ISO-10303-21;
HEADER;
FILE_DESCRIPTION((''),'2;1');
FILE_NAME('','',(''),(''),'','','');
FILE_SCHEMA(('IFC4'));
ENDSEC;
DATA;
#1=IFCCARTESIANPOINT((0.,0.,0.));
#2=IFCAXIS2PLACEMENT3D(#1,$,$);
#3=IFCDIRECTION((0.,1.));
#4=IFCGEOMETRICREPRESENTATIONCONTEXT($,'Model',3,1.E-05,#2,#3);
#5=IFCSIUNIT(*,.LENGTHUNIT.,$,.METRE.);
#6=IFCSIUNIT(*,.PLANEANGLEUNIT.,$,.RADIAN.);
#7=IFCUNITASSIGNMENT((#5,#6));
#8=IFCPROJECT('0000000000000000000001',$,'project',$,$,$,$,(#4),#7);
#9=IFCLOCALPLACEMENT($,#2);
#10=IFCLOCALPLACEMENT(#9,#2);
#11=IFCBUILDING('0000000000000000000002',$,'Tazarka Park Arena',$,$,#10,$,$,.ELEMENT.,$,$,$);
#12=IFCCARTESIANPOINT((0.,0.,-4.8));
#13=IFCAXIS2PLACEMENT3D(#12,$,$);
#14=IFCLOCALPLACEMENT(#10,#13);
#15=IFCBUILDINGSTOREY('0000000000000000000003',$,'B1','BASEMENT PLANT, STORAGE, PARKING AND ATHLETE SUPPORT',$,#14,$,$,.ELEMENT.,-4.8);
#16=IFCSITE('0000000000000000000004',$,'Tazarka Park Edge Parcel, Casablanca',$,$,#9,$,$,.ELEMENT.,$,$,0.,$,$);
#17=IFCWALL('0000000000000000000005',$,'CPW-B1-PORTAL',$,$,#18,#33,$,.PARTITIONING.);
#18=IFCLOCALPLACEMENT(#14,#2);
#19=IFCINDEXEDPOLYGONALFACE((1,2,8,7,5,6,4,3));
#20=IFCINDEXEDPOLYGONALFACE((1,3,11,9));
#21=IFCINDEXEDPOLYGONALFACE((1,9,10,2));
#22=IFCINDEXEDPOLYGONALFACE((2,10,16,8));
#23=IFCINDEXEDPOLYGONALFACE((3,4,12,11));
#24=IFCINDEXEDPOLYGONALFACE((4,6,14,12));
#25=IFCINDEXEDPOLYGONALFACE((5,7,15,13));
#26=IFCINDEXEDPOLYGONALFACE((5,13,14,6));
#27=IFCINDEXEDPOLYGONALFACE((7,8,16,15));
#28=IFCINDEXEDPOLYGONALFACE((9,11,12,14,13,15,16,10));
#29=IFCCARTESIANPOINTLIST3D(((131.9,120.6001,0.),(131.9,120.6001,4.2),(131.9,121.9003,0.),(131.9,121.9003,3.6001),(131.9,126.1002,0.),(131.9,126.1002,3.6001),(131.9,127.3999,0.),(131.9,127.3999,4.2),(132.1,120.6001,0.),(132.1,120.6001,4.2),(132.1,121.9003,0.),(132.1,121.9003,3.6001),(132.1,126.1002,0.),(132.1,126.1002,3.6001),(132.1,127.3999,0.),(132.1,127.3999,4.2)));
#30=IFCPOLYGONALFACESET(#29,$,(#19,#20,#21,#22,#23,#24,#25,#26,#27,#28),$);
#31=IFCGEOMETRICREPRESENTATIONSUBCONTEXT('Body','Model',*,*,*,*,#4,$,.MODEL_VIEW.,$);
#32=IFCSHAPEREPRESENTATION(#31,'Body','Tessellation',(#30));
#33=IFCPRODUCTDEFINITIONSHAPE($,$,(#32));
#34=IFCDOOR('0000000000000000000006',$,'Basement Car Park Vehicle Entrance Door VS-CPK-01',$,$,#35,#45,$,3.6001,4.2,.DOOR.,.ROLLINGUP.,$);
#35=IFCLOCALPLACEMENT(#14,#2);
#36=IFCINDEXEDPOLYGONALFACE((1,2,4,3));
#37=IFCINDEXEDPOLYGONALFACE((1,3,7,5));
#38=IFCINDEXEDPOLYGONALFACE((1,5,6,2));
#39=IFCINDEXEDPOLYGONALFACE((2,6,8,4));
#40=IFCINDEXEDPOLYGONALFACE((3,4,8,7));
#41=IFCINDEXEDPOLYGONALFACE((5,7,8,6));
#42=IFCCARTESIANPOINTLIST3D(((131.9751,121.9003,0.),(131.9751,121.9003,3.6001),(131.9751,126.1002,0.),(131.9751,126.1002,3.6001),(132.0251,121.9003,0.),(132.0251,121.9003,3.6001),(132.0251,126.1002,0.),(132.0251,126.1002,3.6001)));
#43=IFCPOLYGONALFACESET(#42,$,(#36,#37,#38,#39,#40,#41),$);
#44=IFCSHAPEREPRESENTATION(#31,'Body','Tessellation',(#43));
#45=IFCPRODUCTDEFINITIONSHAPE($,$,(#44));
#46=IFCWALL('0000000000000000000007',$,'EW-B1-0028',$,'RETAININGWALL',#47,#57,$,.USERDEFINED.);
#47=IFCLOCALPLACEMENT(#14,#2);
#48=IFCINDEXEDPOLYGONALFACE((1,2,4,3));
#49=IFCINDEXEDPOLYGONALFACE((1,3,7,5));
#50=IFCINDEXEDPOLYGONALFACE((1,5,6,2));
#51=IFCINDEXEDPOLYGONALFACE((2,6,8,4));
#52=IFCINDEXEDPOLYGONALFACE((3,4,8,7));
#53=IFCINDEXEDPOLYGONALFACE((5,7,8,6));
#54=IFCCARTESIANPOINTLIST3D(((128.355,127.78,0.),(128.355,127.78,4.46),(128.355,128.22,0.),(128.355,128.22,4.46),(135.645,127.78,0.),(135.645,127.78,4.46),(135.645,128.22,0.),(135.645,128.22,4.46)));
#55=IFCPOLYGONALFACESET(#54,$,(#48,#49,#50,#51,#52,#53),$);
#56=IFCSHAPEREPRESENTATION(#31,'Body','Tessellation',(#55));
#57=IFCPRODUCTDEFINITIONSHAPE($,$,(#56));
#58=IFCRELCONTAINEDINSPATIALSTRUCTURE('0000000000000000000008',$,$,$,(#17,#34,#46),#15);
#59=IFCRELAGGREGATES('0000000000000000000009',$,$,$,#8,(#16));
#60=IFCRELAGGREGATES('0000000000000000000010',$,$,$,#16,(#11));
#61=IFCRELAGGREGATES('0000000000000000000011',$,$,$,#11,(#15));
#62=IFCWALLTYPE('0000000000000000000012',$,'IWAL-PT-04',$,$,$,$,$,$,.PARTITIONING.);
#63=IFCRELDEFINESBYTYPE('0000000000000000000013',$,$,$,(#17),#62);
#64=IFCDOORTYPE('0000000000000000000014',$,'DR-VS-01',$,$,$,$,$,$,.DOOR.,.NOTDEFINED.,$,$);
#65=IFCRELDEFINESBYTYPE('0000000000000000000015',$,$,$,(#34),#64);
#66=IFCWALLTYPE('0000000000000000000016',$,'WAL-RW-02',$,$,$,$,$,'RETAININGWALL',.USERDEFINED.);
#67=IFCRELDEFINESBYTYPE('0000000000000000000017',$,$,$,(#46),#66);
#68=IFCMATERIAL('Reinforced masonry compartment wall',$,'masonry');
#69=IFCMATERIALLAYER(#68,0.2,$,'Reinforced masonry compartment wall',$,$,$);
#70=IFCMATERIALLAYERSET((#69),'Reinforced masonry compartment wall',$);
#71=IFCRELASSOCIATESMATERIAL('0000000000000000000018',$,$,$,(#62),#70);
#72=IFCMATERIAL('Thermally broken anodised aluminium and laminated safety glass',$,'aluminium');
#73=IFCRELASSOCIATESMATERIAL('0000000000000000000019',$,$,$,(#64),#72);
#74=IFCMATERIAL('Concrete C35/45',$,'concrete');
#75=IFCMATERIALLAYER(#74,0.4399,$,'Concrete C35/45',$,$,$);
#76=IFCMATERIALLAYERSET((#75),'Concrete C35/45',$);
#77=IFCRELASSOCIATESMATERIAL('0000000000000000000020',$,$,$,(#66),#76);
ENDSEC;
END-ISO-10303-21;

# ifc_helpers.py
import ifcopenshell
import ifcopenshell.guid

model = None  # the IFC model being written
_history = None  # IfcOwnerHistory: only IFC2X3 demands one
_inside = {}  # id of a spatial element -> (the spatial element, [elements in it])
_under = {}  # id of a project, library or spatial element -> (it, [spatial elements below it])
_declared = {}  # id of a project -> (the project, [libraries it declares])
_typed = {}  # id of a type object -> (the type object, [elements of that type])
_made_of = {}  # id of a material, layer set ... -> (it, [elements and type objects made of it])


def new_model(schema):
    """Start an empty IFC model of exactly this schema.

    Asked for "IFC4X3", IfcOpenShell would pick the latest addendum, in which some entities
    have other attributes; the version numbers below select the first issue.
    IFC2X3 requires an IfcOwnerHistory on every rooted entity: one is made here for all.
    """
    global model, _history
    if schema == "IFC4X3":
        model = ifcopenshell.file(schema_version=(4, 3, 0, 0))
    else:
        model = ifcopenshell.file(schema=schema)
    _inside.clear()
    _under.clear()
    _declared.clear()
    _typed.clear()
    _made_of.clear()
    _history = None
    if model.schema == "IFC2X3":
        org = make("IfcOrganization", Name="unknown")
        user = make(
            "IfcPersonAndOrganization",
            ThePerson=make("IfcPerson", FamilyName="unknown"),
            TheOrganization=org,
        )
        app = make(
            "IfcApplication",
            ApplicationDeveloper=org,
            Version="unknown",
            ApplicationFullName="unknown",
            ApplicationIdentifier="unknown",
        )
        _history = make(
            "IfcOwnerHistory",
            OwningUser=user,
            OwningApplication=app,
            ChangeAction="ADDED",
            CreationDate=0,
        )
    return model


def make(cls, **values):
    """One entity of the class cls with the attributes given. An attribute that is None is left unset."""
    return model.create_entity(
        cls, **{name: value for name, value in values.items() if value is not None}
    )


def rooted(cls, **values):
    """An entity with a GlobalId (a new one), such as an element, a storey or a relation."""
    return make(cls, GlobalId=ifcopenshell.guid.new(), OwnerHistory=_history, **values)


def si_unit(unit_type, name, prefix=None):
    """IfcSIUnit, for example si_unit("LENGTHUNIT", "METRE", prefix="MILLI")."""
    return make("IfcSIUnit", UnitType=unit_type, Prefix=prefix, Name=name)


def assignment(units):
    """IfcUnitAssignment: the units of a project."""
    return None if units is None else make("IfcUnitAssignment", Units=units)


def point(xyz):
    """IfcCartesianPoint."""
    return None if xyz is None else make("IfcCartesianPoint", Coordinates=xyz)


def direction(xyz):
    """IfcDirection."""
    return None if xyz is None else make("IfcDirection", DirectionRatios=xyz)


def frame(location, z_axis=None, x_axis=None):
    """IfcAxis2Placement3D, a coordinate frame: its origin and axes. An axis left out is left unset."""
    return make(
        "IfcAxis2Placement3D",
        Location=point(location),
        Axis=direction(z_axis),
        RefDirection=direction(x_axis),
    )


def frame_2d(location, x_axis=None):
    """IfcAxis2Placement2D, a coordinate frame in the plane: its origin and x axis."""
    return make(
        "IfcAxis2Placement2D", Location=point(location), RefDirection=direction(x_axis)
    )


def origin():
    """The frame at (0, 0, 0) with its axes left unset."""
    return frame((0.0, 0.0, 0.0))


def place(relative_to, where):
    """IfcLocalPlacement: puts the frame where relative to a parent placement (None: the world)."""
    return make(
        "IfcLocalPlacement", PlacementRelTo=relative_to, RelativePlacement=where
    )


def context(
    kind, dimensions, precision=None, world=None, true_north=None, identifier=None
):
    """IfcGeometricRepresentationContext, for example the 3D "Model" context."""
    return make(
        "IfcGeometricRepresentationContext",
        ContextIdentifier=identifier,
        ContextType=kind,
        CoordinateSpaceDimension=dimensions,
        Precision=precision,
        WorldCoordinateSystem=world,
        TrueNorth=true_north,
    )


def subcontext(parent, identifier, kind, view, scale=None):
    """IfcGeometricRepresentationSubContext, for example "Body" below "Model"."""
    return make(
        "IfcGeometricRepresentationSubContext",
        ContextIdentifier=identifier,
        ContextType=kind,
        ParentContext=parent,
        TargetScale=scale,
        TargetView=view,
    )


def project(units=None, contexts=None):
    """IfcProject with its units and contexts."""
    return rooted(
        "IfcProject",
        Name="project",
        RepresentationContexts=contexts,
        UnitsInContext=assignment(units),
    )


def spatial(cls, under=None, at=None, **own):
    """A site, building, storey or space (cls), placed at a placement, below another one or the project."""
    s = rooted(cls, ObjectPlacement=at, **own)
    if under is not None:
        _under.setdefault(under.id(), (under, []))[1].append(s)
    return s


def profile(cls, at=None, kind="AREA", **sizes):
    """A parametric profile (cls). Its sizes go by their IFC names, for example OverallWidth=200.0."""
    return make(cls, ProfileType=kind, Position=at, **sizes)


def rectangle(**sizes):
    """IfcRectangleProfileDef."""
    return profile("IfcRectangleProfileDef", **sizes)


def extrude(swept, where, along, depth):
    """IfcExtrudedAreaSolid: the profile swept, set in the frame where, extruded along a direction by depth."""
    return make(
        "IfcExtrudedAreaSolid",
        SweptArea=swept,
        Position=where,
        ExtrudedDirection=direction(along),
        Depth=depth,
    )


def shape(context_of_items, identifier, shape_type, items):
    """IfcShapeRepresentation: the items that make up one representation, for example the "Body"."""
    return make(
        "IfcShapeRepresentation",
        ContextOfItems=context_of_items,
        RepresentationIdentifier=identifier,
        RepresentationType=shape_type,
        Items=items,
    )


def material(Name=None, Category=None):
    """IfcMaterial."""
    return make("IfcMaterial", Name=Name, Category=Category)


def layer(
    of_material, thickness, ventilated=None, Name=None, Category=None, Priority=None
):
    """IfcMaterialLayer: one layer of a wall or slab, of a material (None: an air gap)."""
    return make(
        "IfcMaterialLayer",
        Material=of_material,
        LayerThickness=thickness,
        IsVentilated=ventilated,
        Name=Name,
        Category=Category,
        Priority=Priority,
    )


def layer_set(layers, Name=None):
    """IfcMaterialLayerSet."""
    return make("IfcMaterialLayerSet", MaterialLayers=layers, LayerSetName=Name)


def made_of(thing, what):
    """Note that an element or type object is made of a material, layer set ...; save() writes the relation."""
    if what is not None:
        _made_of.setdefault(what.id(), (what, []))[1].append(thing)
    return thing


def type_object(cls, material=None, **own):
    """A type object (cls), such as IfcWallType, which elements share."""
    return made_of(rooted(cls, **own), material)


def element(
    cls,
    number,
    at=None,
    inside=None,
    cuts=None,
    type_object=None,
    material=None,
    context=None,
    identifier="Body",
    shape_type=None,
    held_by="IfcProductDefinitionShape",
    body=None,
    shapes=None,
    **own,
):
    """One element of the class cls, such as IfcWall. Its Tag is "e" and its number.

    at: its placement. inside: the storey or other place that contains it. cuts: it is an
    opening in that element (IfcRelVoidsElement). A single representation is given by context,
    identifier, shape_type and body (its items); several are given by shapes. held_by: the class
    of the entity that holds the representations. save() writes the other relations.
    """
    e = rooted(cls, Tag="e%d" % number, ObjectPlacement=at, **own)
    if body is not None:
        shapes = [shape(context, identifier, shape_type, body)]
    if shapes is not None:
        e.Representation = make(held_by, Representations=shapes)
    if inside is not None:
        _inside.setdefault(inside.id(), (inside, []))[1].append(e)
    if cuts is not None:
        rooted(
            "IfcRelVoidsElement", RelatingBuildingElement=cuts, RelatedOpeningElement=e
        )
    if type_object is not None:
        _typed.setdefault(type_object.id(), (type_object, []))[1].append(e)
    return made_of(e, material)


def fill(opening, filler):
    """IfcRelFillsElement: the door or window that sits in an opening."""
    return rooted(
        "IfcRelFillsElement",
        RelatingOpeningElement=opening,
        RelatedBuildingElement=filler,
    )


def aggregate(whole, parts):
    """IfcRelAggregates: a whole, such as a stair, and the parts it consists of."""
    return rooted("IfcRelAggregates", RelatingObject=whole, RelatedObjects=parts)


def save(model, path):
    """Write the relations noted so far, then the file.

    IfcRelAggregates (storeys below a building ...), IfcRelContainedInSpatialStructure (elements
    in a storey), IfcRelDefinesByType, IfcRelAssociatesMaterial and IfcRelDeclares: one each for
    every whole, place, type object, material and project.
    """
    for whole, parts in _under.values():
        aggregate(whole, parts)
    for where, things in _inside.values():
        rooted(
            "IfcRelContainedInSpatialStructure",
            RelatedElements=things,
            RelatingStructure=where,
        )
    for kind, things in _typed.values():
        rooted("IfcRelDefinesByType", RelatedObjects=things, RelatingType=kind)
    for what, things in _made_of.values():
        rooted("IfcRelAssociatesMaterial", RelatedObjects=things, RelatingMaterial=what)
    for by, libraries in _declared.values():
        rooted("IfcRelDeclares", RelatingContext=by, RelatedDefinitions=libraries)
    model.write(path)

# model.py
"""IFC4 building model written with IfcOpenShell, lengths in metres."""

from ifc_helpers import new_model, si_unit, direction, frame, frame_2d, origin, place, context, subcontext, project, spatial, rectangle, extrude, material, layer, layer_set, type_object, element, fill, save


model = new_model("IFC4")

# Units and contexts
model_context = context("Model", 3, precision=1e-05, world=origin(), true_north=direction((0.0, 1.0)))
body_context = subcontext(model_context, "Body", "Model", "MODEL_VIEW")
ifc_project = project(units=[si_unit("LENGTHUNIT", "METRE"), si_unit("PLANEANGLEUNIT", "RADIAN")], contexts=[model_context])

# Site, building, storey
site_placement = place(None, origin())
site = spatial("IfcSite", under=ifc_project, at=site_placement, Name="Tazarka Park Edge Parcel, Casablanca", CompositionType="ELEMENT", RefElevation=0.0)
building_placement = place(site_placement, origin())
building = spatial("IfcBuilding", under=site, at=building_placement, Name="Tazarka Park Arena", CompositionType="ELEMENT")
storey_placement = place(building_placement, frame((0.0, 0.0, -4.8)))
storey = spatial("IfcBuildingStorey", under=building, at=storey_placement, Name="B1", Description="BASEMENT PLANT, STORAGE, PARKING AND ATHLETE SUPPORT", CompositionType="ELEMENT", Elevation=-4.8)

# Wall, opening, door
ifc_material_1 = material(Name="Reinforced masonry compartment wall", Category="masonry")
ifc_layer_1 = layer(ifc_material_1, 0.2, Name="Reinforced masonry compartment wall")
ifc_layer_set_1 = layer_set([ifc_layer_1], Name="Reinforced masonry compartment wall")
wall_type_1 = type_object("IfcWallType", Name="IWAL-PT-04", PredefinedType="PARTITIONING", material=ifc_layer_set_1)
wall_1_placement = place(storey_placement, frame((132.0, 120.6001, 0.0), z_axis=(0.0, 0.0, 1.0), x_axis=(0.0, 1.0, 0.0)))
wall_1 = element("IfcWall", 1, at=wall_1_placement, inside=storey, type_object=wall_type_1, Name="CPW-B1-PORTAL", PredefinedType="PARTITIONING", context=body_context, shape_type="SweptSolid", body=[
    extrude(rectangle(XDim=6.7998, YDim=0.2, at=frame_2d((3.3999, 0.0))), origin(), (0.0, 0.0, 1.0), 4.2),
])
opening_placement = place(wall_1_placement, frame((1.3, 0.0, 0.0)))
opening = element("IfcOpeningElement", 2, at=opening_placement, cuts=wall_1, PredefinedType="OPENING", context=body_context, shape_type="SweptSolid", body=[
    extrude(rectangle(XDim=4.2, YDim=3.6001, at=frame_2d((2.1001, 1.8))), frame((0.0, 0.1099, 0.0), z_axis=(0.0, -1.0, 0.0), x_axis=(1.0, 0.0, 0.0)), (0.0, 0.0, 1.0), 0.22),
])
ifc_material_2 = material(Name="Thermally broken anodised aluminium and laminated safety glass", Category="aluminium")
door_type = type_object("IfcDoorType", Name="DR-VS-01", OperationType="NOTDEFINED", PredefinedType="DOOR", material=ifc_material_2)
door_placement = place(opening_placement, origin())
door = element("IfcDoor", 3, at=door_placement, inside=storey, type_object=door_type, Name="Basement Car Park Vehicle Entrance Door VS-CPK-01", OperationType="ROLLINGUP", OverallHeight=3.6001, OverallWidth=4.2, PredefinedType="DOOR", context=body_context, shape_type="SweptSolid", body=[
    extrude(rectangle(XDim=4.2, YDim=3.6001, at=frame_2d((2.1001, 1.8))), frame((0.0, 0.0249, 0.0), z_axis=(0.0, -1.0, 0.0), x_axis=(1.0, 0.0, 0.0)), (0.0, 0.0, 1.0), 0.05),
])
fill(opening, door)

# Wall
ifc_material_3 = material(Name="Concrete C35/45", Category="concrete")
ifc_layer_2 = layer(ifc_material_3, 0.4399, Name="Concrete C35/45")
ifc_layer_set_2 = layer_set([ifc_layer_2], Name="Concrete C35/45")
wall_type_2 = type_object("IfcWallType", Name="WAL-RW-02", ElementType="RETAININGWALL", PredefinedType="USERDEFINED", material=ifc_layer_set_2)
wall_2_placement = place(storey_placement, frame((128.355, 128.0, 0.0), z_axis=(0.0, 0.0, 1.0), x_axis=(1.0, 0.0, 0.0)))
element("IfcWall", 4, at=wall_2_placement, inside=storey, type_object=wall_type_2, Name="EW-B1-0028", ObjectType="RETAININGWALL", PredefinedType="USERDEFINED", context=body_context, shape_type="SweptSolid", body=[
    extrude(rectangle(XDim=7.29, YDim=0.4399, at=frame_2d((3.645, 0.0))), origin(), (0.0, 0.0, 1.0), 4.46),
])

save(model, "model.ifc")
